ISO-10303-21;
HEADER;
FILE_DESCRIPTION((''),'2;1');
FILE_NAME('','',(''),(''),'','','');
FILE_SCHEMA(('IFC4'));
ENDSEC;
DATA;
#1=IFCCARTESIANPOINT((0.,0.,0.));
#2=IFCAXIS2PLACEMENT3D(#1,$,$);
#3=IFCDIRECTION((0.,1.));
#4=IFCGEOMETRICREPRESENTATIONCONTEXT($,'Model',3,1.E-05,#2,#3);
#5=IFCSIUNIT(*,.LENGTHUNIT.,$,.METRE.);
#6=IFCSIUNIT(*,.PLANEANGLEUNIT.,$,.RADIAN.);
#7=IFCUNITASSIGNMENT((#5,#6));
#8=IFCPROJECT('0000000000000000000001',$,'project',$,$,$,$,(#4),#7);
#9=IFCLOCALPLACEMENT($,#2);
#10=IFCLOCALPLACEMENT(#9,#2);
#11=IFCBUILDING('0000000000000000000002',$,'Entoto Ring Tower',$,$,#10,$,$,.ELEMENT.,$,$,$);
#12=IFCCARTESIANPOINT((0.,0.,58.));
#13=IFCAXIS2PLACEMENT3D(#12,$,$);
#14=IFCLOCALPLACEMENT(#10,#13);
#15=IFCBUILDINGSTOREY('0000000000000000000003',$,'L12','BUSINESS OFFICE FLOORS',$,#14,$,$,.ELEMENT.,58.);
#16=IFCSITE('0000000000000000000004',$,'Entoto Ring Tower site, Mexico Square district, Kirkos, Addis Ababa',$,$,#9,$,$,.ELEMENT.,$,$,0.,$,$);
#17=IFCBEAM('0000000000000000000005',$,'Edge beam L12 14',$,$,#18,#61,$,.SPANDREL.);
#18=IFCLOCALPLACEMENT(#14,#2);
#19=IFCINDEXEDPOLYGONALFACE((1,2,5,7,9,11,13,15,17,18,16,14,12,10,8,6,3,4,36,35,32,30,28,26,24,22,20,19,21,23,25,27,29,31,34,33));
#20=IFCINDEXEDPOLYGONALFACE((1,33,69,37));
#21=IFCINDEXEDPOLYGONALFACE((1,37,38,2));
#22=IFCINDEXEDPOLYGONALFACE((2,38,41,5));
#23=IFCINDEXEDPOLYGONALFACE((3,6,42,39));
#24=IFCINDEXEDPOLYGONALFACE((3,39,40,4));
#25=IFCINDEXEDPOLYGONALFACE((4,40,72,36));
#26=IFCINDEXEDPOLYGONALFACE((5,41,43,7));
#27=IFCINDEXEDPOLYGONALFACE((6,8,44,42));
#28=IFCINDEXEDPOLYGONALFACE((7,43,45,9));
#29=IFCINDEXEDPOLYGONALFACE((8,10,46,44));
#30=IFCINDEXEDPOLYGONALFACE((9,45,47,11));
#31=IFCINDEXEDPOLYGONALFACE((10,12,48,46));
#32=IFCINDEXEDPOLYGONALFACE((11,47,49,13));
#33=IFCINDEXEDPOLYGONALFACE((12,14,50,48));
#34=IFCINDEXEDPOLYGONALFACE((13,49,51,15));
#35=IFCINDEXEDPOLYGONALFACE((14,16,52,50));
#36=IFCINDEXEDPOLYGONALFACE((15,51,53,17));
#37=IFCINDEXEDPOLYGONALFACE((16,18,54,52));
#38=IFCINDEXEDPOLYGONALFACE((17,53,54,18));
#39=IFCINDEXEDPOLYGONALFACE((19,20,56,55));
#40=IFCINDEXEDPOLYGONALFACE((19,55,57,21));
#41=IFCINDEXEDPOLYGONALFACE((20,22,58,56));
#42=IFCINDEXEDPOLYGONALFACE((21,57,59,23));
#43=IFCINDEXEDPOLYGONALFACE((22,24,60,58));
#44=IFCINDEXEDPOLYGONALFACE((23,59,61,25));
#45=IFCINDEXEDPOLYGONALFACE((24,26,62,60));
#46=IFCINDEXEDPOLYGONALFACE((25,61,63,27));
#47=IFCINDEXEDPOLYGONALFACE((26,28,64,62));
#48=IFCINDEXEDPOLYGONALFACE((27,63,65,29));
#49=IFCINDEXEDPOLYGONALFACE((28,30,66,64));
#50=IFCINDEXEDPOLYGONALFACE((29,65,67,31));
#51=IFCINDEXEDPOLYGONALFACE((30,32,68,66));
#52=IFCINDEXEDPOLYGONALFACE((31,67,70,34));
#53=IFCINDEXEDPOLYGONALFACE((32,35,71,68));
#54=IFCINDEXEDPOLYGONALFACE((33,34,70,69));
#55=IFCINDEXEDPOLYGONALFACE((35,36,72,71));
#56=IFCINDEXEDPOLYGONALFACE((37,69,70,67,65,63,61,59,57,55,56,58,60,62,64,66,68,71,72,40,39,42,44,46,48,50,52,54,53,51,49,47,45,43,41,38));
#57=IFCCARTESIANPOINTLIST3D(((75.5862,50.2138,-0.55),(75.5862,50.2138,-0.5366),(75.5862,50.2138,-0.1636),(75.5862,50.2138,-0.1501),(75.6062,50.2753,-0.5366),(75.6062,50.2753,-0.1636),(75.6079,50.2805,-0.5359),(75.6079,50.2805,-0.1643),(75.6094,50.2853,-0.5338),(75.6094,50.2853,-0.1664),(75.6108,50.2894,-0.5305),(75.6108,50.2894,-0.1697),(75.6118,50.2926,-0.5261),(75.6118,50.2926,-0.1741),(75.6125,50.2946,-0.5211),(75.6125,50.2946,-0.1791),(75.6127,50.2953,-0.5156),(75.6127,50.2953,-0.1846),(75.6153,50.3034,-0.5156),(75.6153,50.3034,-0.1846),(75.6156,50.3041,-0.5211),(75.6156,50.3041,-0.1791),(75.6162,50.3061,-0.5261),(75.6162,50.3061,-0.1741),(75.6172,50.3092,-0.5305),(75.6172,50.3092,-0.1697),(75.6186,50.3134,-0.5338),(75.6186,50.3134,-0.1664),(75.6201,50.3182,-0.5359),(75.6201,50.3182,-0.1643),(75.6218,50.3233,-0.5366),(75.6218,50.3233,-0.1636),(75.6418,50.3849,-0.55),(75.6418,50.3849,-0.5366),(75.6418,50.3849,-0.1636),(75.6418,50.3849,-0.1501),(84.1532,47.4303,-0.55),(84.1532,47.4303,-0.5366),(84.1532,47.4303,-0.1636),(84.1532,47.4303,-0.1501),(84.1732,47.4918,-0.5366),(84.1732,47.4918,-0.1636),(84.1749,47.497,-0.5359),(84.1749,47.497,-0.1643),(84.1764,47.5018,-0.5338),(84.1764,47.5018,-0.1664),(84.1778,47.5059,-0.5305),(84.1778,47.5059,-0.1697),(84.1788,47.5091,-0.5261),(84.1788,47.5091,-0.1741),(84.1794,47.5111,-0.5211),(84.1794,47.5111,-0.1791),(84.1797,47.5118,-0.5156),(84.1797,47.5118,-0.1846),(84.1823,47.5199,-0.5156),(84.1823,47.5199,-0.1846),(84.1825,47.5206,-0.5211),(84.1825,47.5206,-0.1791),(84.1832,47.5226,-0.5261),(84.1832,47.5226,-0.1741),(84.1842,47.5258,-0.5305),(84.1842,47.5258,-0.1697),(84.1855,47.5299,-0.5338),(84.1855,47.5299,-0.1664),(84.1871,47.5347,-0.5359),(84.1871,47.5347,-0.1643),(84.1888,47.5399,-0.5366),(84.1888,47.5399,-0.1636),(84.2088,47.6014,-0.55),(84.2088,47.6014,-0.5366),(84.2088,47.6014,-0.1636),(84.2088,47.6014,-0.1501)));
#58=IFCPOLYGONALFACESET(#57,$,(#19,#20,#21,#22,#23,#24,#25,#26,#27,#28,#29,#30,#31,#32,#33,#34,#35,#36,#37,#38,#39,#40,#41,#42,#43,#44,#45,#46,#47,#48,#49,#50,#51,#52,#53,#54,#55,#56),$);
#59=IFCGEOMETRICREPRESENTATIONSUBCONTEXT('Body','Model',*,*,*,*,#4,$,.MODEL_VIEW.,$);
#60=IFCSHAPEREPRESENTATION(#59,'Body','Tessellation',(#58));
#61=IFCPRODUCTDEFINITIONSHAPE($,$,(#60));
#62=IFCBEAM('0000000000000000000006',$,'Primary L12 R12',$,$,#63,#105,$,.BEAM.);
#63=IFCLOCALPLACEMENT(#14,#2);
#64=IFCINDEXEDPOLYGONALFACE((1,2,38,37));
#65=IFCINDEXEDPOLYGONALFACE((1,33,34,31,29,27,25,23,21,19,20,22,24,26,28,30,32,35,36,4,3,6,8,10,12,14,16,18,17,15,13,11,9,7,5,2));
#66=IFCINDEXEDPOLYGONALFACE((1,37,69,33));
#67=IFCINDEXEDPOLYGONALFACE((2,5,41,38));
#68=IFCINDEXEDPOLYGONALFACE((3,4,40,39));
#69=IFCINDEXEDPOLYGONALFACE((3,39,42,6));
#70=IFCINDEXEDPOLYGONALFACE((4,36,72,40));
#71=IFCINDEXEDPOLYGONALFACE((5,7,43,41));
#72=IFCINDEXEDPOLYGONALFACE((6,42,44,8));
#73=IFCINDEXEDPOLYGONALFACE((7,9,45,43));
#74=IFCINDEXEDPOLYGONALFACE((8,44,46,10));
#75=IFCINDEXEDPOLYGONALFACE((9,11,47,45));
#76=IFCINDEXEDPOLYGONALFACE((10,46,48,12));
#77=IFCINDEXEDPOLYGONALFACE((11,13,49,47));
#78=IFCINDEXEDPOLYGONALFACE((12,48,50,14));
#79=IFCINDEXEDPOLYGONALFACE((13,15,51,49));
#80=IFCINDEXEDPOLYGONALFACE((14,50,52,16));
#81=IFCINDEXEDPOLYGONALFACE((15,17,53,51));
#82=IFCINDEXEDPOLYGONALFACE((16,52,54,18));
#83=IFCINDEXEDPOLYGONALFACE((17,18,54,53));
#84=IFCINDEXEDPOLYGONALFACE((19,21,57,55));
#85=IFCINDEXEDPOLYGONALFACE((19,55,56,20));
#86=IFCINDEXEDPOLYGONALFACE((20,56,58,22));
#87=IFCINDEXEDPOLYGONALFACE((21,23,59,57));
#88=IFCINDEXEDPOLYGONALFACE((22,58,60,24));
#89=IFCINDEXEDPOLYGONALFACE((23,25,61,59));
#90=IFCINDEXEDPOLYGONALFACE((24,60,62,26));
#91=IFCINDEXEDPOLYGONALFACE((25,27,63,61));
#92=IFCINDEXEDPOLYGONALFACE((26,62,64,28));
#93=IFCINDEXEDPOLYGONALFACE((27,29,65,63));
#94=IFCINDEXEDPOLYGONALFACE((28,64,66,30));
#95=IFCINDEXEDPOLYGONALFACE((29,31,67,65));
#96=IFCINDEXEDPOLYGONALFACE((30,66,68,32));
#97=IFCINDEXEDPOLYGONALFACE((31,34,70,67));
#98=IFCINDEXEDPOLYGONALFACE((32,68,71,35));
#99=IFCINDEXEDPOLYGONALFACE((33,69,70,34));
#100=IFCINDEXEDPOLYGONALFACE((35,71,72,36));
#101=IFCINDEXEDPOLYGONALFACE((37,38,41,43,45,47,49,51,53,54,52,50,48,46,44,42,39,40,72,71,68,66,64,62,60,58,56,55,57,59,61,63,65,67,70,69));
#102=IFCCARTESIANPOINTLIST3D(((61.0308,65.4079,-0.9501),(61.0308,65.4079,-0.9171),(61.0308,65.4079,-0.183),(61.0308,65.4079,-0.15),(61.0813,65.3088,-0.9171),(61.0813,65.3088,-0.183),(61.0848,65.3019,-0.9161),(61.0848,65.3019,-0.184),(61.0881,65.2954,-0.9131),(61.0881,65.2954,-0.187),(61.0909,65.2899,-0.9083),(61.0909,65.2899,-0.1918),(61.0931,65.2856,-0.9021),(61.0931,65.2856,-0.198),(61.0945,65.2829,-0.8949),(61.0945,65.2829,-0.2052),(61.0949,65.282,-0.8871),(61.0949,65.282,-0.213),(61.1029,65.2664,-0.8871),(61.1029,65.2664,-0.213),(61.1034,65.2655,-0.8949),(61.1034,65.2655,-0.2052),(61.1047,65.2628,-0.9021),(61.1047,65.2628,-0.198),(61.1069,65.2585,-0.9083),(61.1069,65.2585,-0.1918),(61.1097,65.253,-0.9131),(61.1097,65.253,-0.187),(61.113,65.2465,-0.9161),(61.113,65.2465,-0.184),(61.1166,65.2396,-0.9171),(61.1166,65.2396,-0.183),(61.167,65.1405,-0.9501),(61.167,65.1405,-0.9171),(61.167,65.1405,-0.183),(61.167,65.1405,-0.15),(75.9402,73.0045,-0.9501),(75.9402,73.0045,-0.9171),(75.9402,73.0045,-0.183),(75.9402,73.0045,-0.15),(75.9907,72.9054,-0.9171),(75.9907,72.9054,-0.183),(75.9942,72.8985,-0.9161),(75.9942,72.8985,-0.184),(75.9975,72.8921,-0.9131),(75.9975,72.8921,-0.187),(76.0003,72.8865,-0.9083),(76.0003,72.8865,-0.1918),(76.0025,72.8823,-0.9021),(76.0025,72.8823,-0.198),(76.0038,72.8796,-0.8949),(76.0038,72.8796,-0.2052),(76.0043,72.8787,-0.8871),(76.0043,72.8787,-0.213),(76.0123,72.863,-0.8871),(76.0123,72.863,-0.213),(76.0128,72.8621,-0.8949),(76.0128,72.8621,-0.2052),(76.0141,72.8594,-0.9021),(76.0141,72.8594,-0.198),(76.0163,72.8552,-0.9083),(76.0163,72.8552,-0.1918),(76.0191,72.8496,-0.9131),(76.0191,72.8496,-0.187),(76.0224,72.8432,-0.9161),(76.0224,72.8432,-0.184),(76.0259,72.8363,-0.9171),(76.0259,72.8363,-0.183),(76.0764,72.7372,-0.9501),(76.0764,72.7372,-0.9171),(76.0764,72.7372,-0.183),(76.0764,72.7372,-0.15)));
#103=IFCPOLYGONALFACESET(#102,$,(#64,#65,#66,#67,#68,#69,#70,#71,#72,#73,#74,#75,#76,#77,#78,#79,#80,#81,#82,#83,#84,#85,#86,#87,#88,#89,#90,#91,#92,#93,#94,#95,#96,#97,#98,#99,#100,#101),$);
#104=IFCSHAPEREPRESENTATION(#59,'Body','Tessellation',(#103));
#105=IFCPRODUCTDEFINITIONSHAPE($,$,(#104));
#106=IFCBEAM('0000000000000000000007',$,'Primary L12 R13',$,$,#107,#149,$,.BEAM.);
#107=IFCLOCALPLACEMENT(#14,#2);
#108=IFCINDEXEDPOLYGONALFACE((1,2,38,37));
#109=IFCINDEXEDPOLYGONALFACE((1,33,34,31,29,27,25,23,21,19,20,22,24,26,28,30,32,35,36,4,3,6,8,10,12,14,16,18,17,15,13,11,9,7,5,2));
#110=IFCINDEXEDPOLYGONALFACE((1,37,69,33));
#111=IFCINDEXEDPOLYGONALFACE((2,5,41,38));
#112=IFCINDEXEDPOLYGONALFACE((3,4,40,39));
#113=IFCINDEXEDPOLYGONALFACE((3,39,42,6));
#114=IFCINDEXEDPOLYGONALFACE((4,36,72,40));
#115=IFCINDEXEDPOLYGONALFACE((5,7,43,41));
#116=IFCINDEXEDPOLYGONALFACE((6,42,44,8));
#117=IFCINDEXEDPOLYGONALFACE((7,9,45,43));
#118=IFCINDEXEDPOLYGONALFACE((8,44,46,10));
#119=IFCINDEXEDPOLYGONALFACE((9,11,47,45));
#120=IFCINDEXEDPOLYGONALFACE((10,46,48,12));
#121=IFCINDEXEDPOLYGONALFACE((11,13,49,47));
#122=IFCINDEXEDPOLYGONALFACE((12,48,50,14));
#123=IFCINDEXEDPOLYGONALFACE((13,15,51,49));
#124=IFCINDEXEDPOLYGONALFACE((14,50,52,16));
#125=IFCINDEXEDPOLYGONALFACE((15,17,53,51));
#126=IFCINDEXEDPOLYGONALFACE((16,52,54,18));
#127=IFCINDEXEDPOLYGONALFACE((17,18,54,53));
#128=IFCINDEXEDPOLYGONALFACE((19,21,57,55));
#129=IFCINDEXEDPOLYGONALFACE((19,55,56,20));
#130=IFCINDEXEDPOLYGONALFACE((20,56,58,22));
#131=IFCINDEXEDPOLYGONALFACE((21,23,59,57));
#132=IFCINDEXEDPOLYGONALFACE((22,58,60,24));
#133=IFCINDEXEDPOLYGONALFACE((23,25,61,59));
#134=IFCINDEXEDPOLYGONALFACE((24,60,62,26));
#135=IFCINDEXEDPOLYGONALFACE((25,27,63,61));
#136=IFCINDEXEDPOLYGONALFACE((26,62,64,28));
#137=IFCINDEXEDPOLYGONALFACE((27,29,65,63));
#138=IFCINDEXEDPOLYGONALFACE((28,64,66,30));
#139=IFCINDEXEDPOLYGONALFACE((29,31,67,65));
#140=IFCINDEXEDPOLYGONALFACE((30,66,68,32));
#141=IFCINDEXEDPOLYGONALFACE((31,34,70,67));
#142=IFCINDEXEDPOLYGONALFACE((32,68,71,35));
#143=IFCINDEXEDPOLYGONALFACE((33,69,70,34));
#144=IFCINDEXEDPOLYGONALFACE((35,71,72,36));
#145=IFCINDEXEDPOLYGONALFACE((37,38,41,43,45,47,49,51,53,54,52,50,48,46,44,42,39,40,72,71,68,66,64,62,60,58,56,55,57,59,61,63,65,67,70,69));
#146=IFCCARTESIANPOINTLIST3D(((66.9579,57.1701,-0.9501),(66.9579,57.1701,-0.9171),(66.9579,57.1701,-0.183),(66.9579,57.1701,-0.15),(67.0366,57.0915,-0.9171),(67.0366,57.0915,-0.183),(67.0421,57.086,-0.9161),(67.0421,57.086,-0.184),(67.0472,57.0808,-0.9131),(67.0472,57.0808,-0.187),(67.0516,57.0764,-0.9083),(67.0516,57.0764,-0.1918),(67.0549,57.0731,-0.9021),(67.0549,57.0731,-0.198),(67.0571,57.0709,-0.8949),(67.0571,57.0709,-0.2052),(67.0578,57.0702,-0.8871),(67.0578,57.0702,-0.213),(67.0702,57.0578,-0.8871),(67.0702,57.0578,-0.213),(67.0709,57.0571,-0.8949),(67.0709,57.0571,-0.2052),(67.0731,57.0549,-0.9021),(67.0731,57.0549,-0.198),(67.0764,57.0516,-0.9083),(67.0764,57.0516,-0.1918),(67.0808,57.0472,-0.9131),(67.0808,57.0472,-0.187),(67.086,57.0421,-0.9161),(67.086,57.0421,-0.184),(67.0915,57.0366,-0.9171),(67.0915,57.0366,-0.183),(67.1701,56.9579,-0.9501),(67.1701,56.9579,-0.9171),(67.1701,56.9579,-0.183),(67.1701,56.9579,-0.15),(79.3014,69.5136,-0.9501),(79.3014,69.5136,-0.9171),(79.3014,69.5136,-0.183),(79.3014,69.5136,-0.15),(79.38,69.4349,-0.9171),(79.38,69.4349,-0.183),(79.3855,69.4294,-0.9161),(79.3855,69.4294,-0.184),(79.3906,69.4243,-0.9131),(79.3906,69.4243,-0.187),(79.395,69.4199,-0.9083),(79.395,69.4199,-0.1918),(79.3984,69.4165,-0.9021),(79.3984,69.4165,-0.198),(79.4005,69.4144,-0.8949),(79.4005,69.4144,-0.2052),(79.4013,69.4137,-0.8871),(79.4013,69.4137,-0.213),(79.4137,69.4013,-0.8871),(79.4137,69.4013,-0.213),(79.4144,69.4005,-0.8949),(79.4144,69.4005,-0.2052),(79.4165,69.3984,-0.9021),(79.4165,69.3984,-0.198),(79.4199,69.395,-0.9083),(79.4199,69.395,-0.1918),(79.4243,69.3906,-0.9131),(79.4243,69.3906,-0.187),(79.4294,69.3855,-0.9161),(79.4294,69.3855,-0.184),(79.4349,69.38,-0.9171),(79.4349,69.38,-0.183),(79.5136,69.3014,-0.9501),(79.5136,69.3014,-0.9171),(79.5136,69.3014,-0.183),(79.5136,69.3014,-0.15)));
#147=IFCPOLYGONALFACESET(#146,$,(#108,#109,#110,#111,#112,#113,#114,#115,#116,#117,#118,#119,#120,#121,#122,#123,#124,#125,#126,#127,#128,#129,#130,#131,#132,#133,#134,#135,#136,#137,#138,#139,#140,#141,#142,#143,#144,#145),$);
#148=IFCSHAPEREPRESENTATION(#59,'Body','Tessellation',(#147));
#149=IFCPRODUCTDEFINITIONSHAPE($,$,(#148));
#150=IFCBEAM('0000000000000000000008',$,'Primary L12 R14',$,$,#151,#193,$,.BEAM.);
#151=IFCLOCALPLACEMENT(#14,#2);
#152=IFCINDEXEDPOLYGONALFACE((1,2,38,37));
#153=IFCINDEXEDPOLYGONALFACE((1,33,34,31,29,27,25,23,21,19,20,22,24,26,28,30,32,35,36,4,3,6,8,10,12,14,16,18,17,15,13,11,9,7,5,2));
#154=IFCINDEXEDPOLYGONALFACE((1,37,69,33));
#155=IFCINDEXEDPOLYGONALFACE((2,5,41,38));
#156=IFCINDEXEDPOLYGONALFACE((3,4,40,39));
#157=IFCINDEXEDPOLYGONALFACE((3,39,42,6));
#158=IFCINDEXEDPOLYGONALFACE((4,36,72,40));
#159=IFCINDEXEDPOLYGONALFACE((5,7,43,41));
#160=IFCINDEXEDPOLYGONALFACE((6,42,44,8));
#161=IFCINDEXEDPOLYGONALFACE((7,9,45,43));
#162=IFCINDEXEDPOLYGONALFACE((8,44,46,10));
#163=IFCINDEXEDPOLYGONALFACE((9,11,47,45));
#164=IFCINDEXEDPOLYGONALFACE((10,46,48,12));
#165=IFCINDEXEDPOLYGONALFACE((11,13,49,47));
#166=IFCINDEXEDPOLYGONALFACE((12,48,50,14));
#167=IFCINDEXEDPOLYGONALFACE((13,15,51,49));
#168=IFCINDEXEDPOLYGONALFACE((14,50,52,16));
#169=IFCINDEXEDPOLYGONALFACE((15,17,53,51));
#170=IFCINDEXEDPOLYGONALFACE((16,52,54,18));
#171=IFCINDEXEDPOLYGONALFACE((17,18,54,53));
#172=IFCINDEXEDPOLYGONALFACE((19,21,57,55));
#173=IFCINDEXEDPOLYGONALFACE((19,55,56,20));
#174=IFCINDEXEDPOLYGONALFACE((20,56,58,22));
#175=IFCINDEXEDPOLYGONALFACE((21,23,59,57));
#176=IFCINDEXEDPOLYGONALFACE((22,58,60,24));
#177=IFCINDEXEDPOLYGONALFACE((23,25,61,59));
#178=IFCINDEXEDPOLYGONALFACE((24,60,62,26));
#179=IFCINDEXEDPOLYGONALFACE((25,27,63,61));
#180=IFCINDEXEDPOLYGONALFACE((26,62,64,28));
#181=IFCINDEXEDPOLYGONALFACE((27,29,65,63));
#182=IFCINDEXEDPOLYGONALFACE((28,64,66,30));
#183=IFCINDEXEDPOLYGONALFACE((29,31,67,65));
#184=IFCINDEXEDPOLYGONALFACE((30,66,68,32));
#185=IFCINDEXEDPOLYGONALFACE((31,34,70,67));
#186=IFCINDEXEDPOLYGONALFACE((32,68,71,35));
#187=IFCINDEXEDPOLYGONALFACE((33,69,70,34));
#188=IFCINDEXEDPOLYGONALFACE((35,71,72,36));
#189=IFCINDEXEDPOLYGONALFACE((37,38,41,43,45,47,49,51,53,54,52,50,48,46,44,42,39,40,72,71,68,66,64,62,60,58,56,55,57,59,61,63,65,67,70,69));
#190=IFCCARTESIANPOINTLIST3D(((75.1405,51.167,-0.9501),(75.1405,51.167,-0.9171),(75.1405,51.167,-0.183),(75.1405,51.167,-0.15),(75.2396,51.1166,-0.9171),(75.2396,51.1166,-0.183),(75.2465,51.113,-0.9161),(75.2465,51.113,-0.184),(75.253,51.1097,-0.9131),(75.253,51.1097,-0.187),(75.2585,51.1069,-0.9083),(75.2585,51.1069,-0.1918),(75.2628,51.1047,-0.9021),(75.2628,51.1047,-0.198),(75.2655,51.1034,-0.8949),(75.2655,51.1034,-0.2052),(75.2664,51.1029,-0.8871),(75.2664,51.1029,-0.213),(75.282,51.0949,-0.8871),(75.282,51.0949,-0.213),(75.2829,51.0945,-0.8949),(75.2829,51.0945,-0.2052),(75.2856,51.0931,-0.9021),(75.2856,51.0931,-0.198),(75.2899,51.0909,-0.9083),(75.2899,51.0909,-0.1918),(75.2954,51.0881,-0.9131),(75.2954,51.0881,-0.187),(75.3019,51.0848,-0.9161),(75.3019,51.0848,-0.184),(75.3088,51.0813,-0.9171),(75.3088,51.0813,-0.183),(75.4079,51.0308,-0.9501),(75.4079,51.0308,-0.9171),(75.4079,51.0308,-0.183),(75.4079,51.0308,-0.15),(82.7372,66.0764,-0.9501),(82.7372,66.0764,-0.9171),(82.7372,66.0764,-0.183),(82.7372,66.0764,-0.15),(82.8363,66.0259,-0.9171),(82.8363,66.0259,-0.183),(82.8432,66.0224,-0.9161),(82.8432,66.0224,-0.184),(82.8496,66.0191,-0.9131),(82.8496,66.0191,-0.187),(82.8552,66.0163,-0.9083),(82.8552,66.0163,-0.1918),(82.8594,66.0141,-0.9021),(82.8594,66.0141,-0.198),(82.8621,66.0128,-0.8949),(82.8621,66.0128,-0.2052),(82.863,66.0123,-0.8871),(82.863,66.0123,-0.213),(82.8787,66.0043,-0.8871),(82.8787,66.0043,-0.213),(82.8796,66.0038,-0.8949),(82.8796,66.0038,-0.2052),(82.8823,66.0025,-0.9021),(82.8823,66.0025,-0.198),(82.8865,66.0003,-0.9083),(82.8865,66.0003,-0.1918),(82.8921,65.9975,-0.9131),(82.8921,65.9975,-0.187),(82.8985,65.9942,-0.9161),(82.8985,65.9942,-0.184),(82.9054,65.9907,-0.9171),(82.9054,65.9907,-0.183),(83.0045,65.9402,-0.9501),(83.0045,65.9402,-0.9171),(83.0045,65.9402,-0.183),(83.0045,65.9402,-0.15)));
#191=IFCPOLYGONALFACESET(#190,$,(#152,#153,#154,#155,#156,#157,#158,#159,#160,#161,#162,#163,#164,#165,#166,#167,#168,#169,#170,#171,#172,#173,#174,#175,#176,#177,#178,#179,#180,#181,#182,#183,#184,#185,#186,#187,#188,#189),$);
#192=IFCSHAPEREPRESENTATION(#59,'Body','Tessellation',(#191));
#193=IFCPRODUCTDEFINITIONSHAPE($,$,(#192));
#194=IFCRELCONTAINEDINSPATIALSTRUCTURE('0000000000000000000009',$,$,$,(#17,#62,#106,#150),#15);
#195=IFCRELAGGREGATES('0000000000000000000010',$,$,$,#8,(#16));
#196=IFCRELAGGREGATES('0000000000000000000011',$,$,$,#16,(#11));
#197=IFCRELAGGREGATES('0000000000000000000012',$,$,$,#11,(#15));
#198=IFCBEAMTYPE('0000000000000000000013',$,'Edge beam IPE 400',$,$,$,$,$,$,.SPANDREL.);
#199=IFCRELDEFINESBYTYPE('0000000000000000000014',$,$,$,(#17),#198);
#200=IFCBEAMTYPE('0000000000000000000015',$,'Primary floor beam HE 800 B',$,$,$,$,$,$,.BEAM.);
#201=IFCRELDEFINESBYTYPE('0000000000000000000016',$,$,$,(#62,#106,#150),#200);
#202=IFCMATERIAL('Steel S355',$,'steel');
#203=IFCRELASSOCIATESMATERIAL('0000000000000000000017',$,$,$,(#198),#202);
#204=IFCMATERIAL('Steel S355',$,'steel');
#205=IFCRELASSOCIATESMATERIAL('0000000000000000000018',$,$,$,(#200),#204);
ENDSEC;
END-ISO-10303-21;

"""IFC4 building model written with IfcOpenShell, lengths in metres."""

from ifc_helpers import new_model, si_unit, direction, frame, origin, origin_2d, place, context, subcontext, project, spatial, i_section, extrude, material, material_profile, profile_set, type_object, element, save


model = new_model("IFC4")

# Units and contexts
model_context = context("Model", 3, precision=1e-05, world=origin(), true_north=direction((0.0, 1.0)))
body_context = subcontext(model_context, "Body", "Model", "MODEL_VIEW")
ifc_project = project(units=[si_unit("LENGTHUNIT", "METRE"), si_unit("PLANEANGLEUNIT", "RADIAN")], contexts=[model_context])

# Site, building, storey
site_placement = place(None, origin())
site = spatial("IfcSite", under=ifc_project, at=site_placement, Name="Entoto Ring Tower site, Mexico Square district, Kirkos, Addis Ababa", CompositionType="ELEMENT", RefElevation=0.0)
building_placement = place(site_placement, origin())
building = spatial("IfcBuilding", under=site, at=building_placement, Name="Entoto Ring Tower", CompositionType="ELEMENT")
storey_placement = place(building_placement, frame((0.0, 0.0, 58.0)))
storey = spatial("IfcBuildingStorey", under=building, at=storey_placement, Name="L12", Description="BUSINESS OFFICE FLOORS", CompositionType="ELEMENT", Elevation=58.0)

# Beams
ifc_material_1 = material(Name="Steel S355", Category="steel")
ifc_material_profile_1 = material_profile(ifc_material_1, i_section(OverallWidth=0.1799, OverallDepth=0.3999, WebThickness=0.0085, FlangeThickness=0.0134, FilletRadius=0.021, at=origin_2d()), Name="IPE 400")
ifc_profile_set_1 = profile_set([ifc_material_profile_1], Name="Steel S355")
beam_type_1 = type_object("IfcBeamType", Name="Edge beam IPE 400", PredefinedType="SPANDREL", material=ifc_profile_set_1)
for number, where, z_axis, x_axis, name in (
    (1, (75.614, 50.2993, -0.3501), (0.95106, -0.309006, 0.0), (0.309006, 0.95106, 0.0), "Edge beam L12 14"),
):
    element("IfcBeam", number, at=place(storey_placement, frame(where, z_axis=z_axis, x_axis=x_axis)), inside=storey, type_object=beam_type_1, Name=name, PredefinedType="SPANDREL", context=body_context, shape_type="SweptSolid", body=[
        extrude(i_section(OverallWidth=0.1799, OverallDepth=0.3999, WebThickness=0.0085, FlangeThickness=0.0134, FilletRadius=0.021, at=origin_2d()), origin(), (0.0, 0.0, 1.0), 9.0078),
    ])
ifc_material_2 = material(Name="Steel S355", Category="steel")
ifc_material_profile_2 = material_profile(ifc_material_2, i_section(OverallWidth=0.3, OverallDepth=0.8, WebThickness=0.0176, FlangeThickness=0.033, FilletRadius=0.03, at=origin_2d()), Name="HE 800 B")
ifc_profile_set_2 = profile_set([ifc_material_profile_2], Name="Steel S355")
beam_type_2 = type_object("IfcBeamType", Name="Primary floor beam HE 800 B", PredefinedType="BEAM", material=ifc_profile_set_2)
beam_1_placement = place(storey_placement, frame((76.0083, 72.8708, -0.55), z_axis=(-0.891008, -0.453988, 0.0), x_axis=(0.453988, -0.891008, 0.0)))
element("IfcBeam", 2, at=beam_1_placement, inside=storey, type_object=beam_type_2, Name="Primary L12 R12", PredefinedType="BEAM", context=body_context, shape_type="SweptSolid", body=[
    extrude(i_section(OverallWidth=0.3, OverallDepth=0.8, WebThickness=0.0176, FlangeThickness=0.033, FilletRadius=0.03, at=origin_2d()), origin(), (0.0, 0.0, 1.0), 16.7332),
])
beam_2_placement = place(storey_placement, frame((79.4075, 69.4075, -0.55), z_axis=(-0.707107, -0.707107, 0.0), x_axis=(0.707107, -0.707107, 0.0)))
element("IfcBeam", 3, at=beam_2_placement, inside=storey, type_object=beam_type_2, Name="Primary L12 R13", PredefinedType="BEAM", context=body_context, shape_type="SweptSolid", body=[
    extrude(i_section(OverallWidth=0.3, OverallDepth=0.8, WebThickness=0.0176, FlangeThickness=0.033, FilletRadius=0.03, at=origin_2d()), origin(), (0.0, 0.0, 1.0), 17.4563),
])
beam_3_placement = place(storey_placement, frame((82.8708, 66.0083, -0.55), z_axis=(-0.453988, -0.891008, 0.0), x_axis=(0.891008, -0.453988, 0.0)))
element("IfcBeam", 4, at=beam_3_placement, inside=storey, type_object=beam_type_2, Name="Primary L12 R14", PredefinedType="BEAM", context=body_context, shape_type="SweptSolid", body=[
    extrude(i_section(OverallWidth=0.3, OverallDepth=0.8, WebThickness=0.0176, FlangeThickness=0.033, FilletRadius=0.03, at=origin_2d()), origin(), (0.0, 0.0, 1.0), 16.7332),
])

save(model, "model.ifc")
